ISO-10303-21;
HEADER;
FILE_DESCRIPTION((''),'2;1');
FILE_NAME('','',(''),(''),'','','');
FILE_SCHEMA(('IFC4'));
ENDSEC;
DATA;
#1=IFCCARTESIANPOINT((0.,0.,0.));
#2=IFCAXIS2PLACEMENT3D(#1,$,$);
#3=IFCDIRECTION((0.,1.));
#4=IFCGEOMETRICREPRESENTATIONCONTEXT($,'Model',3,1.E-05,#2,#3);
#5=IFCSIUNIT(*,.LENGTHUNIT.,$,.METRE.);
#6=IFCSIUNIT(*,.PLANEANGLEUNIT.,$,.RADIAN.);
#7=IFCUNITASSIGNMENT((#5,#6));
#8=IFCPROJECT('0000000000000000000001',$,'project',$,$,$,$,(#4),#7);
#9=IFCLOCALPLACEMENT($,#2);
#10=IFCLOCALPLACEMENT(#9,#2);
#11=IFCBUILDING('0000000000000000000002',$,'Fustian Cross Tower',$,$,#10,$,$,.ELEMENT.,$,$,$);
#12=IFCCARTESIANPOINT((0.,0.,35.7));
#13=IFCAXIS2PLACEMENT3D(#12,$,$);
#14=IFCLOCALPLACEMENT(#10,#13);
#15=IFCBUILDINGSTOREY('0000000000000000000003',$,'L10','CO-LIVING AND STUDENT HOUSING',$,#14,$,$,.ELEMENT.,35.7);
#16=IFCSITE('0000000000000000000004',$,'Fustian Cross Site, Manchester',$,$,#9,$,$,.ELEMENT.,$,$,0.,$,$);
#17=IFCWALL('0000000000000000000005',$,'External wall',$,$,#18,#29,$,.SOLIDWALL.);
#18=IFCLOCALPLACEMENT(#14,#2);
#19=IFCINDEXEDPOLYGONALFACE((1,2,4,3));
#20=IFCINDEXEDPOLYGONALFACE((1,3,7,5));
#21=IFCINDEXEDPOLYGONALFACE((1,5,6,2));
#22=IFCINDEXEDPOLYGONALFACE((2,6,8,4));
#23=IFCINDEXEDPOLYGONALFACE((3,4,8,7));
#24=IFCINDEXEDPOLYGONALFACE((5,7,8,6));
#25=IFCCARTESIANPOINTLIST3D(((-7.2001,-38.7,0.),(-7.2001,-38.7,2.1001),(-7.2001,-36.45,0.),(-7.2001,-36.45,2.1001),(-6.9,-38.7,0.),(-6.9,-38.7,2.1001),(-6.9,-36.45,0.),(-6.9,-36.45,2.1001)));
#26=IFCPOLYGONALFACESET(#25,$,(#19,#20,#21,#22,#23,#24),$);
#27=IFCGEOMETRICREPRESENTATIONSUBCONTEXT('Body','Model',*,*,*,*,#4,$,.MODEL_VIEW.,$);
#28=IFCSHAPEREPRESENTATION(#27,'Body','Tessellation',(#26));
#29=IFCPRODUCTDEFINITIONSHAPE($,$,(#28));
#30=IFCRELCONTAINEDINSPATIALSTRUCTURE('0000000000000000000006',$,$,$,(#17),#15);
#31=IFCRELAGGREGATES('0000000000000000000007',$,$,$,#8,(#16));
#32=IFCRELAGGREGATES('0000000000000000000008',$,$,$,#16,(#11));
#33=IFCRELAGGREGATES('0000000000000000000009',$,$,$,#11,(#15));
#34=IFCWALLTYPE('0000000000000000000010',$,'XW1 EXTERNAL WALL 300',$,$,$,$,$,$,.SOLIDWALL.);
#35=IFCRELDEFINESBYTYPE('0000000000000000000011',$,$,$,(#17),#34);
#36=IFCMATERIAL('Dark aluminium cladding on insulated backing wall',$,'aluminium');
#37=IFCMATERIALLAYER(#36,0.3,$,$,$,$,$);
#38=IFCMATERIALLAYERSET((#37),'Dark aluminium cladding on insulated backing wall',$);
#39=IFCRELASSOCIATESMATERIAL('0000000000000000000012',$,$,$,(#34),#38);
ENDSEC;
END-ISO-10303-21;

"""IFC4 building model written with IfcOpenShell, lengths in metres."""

from ifc_helpers import new_model, si_unit, direction, frame, frame_2d, origin, place, context, subcontext, project, spatial, rectangle, extrude, material, layer, layer_set, type_object, element, save


model = new_model("IFC4")

# Units and contexts
model_context = context("Model", 3, precision=1e-05, world=origin(), true_north=direction((0.0, 1.0)))
body_context = subcontext(model_context, "Body", "Model", "MODEL_VIEW")
ifc_project = project(units=[si_unit("LENGTHUNIT", "METRE"), si_unit("PLANEANGLEUNIT", "RADIAN")], contexts=[model_context])

# Site, building, storey
site_placement = place(None, origin())
site = spatial("IfcSite", under=ifc_project, at=site_placement, Name="Fustian Cross Site, Manchester", CompositionType="ELEMENT", RefElevation=0.0)
building_placement = place(site_placement, origin())
building = spatial("IfcBuilding", under=site, at=building_placement, Name="Fustian Cross Tower", CompositionType="ELEMENT")
storey_placement = place(building_placement, frame((0.0, 0.0, 35.7)))
storey = spatial("IfcBuildingStorey", under=building, at=storey_placement, Name="L10", Description="CO-LIVING AND STUDENT HOUSING", CompositionType="ELEMENT", Elevation=35.7)

# Wall
ifc_material_1 = material(Name="Dark aluminium cladding on insulated backing wall", Category="aluminium")
ifc_layer_1 = layer(ifc_material_1, 0.3)
ifc_layer_set_1 = layer_set([ifc_layer_1], Name="Dark aluminium cladding on insulated backing wall")
wall_type_1 = type_object("IfcWallType", Name="XW1 EXTERNAL WALL 300", PredefinedType="SOLIDWALL", material=ifc_layer_set_1)
wall_1_placement = place(storey_placement, frame((-7.05, -36.45, 0.0), z_axis=(0.0, 0.0, 1.0), x_axis=(0.0, -1.0, 0.0)))
element("IfcWall", 1, at=wall_1_placement, inside=storey, type_object=wall_type_1, Name="External wall", PredefinedType="SOLIDWALL", context=body_context, shape_type="SweptSolid", body=[
    extrude(rectangle(XDim=2.25, YDim=0.3, at=frame_2d((1.125, 0.0))), origin(), (0.0, 0.0, 1.0), 2.1001),
])

save(model, "model.ifc")
